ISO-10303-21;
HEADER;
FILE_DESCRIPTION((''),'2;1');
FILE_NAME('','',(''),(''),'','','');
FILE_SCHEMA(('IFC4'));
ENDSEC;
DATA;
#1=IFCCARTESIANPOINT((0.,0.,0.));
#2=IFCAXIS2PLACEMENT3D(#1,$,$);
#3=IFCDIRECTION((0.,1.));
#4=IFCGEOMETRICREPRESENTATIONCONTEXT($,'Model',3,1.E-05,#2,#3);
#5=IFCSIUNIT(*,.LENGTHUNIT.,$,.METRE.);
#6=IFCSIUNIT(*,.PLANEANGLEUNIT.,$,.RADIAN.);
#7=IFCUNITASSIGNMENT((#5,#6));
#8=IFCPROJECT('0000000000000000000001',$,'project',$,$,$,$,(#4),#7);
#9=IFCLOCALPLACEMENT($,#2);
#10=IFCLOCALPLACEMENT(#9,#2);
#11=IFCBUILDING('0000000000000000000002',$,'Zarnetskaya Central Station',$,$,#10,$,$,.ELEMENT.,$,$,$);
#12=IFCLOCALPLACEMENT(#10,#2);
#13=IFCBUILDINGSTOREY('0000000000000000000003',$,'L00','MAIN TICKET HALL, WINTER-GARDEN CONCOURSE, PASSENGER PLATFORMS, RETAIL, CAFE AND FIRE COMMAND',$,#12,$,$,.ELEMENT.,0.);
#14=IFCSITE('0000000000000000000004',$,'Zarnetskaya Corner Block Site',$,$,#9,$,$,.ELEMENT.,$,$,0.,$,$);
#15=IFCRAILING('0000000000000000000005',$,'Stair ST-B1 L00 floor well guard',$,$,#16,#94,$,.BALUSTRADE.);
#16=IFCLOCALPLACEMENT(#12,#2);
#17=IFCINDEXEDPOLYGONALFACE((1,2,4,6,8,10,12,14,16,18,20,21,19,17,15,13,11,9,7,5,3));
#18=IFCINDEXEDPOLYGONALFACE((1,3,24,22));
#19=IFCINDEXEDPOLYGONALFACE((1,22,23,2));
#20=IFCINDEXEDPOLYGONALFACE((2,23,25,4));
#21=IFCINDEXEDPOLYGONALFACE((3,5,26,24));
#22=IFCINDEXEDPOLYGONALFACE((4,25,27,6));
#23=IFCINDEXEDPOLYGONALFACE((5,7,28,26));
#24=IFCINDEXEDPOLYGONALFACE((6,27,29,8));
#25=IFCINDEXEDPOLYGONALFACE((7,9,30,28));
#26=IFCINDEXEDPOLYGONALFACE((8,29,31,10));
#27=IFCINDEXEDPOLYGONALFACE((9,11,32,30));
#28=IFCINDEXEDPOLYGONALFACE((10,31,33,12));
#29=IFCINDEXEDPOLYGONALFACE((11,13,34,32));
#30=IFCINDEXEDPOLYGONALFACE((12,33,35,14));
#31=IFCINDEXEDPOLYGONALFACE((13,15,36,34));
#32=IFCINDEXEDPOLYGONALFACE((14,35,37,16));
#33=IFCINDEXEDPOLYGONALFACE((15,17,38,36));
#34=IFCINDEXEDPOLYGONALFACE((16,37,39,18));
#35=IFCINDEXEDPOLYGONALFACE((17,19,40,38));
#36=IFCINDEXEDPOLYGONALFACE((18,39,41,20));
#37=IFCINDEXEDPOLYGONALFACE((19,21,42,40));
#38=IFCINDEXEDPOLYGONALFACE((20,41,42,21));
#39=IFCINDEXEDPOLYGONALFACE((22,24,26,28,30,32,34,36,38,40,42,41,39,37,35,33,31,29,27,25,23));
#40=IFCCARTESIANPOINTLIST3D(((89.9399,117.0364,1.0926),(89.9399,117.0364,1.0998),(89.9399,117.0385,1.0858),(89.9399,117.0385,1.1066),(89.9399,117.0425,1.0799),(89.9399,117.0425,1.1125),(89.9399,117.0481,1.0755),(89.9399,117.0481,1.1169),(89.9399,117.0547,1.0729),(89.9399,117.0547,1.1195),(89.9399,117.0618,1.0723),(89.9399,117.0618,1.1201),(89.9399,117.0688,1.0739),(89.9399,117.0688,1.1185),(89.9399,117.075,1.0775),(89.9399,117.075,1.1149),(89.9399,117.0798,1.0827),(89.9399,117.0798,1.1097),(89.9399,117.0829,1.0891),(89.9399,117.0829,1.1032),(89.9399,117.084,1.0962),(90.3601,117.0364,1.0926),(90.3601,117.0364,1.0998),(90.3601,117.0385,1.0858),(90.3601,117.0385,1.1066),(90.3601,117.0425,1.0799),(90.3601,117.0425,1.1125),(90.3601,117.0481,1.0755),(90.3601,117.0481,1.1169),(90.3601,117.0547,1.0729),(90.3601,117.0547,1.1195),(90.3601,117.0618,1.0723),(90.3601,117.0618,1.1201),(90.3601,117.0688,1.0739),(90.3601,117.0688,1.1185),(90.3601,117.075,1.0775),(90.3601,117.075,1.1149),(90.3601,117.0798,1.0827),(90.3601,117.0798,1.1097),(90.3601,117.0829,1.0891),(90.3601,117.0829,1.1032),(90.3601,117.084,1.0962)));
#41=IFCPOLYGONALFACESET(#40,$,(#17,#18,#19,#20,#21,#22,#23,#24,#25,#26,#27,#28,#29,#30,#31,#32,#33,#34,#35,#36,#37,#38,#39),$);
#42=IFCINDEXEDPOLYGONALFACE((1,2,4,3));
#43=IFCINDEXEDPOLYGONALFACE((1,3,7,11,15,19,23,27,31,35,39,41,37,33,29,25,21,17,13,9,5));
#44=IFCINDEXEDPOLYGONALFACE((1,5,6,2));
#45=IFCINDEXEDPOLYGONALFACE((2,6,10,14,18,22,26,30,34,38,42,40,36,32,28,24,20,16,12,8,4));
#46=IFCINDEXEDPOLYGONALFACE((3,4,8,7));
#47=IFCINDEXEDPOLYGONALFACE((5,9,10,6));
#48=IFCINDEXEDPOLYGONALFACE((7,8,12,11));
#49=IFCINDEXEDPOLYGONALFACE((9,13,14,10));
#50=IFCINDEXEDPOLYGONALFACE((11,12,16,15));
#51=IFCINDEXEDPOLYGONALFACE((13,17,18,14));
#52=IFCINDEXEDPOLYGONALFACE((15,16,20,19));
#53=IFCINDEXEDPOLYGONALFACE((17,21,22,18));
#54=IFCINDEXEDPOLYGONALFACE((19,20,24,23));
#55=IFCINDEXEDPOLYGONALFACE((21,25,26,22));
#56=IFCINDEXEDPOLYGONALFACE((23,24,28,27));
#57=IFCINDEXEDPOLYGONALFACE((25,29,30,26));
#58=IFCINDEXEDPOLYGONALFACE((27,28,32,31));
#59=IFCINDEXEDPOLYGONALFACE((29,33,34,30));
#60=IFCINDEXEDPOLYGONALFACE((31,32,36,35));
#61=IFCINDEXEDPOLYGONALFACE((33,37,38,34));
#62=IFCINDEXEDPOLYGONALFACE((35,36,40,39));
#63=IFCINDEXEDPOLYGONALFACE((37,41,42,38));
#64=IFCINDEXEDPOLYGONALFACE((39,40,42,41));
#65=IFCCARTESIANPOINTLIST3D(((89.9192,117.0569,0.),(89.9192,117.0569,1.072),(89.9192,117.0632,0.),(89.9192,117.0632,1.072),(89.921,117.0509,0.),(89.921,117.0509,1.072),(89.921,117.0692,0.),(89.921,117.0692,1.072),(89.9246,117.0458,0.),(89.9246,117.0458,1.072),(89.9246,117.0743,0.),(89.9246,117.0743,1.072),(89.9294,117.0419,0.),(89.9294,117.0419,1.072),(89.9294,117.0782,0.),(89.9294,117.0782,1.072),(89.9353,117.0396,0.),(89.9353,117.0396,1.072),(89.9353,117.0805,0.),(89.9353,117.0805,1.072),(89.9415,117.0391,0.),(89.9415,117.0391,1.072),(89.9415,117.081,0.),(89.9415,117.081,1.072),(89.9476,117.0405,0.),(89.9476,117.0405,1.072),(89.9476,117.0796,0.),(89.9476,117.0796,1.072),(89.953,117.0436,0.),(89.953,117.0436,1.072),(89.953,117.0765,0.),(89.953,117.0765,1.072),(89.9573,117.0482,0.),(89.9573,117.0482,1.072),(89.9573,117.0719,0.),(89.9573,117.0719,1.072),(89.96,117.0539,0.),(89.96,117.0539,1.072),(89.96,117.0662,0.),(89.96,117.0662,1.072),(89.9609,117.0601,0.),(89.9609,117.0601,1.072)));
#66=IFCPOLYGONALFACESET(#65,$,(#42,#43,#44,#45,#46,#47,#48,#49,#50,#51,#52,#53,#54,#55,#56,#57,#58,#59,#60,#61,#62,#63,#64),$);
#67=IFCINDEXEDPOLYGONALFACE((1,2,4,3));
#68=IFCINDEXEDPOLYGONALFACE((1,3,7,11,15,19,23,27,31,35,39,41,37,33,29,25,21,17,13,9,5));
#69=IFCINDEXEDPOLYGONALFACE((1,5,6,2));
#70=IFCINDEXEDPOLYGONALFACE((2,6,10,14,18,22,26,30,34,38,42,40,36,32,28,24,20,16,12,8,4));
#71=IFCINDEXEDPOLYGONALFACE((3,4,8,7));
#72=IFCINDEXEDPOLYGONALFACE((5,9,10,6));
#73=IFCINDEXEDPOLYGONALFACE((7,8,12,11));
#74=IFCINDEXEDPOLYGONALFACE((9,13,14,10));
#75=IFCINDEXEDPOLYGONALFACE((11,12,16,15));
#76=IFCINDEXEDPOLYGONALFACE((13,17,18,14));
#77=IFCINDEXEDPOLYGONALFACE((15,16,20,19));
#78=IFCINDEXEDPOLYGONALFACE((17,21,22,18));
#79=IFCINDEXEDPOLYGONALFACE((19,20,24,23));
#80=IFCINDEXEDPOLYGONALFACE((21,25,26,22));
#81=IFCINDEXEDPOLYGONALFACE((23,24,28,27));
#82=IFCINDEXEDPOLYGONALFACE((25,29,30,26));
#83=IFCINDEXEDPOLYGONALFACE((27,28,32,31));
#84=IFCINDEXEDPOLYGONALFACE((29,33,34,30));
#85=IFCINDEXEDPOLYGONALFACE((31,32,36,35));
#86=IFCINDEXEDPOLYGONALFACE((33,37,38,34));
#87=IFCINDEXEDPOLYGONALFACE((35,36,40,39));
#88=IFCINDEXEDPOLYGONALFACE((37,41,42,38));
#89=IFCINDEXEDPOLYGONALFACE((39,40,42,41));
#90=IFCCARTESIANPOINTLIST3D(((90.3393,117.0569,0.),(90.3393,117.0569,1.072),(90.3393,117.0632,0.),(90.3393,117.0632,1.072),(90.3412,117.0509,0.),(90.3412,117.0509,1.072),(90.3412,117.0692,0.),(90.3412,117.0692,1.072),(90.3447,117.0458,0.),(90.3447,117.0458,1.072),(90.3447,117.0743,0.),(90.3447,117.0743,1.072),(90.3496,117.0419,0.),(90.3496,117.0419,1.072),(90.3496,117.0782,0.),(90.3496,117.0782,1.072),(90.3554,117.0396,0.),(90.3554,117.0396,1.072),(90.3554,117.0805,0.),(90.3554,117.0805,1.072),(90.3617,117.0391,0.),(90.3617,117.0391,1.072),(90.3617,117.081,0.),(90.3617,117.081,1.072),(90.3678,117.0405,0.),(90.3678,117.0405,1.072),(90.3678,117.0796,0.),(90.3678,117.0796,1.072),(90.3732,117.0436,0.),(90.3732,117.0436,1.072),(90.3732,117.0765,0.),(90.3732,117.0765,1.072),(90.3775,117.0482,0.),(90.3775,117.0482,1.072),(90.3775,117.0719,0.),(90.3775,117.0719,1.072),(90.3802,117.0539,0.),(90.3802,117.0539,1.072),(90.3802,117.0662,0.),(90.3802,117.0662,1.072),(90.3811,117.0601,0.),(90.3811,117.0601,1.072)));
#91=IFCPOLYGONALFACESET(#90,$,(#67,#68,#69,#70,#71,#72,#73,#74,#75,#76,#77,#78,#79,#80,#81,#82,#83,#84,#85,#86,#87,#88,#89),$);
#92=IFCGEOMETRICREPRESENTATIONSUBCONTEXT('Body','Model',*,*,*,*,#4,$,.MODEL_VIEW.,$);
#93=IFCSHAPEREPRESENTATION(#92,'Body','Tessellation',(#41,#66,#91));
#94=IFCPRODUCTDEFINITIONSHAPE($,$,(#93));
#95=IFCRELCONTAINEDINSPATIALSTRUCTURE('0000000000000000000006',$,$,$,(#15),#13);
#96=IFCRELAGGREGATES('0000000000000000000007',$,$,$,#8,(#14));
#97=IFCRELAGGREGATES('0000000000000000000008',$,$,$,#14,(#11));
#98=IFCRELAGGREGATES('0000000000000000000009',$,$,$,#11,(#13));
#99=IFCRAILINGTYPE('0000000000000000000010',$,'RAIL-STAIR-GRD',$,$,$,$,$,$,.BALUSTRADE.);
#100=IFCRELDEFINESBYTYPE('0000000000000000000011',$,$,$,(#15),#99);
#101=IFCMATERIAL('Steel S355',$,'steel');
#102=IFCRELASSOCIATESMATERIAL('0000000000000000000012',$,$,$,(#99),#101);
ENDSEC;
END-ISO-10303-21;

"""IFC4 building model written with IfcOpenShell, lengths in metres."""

from ifc_helpers import new_model, si_unit, direction, frame, origin, origin_2d, place, context, subcontext, project, spatial, circle, extrude, material, type_object, element, save


model = new_model("IFC4")

# Units and contexts
model_context = context("Model", 3, precision=1e-05, world=origin(), true_north=direction((0.0, 1.0)))
body_context = subcontext(model_context, "Body", "Model", "MODEL_VIEW")
ifc_project = project(units=[si_unit("LENGTHUNIT", "METRE"), si_unit("PLANEANGLEUNIT", "RADIAN")], contexts=[model_context])

# Site, building, storey
site_placement = place(None, origin())
site = spatial("IfcSite", under=ifc_project, at=site_placement, Name="Zarnetskaya Corner Block Site", CompositionType="ELEMENT", RefElevation=0.0)
building_placement = place(site_placement, origin())
building = spatial("IfcBuilding", under=site, at=building_placement, Name="Zarnetskaya Central Station", CompositionType="ELEMENT")
storey_placement = place(building_placement, origin())
storey = spatial("IfcBuildingStorey", under=building, at=storey_placement, Name="L00", Description="MAIN TICKET HALL, WINTER-GARDEN CONCOURSE, PASSENGER PLATFORMS, RETAIL, CAFE AND FIRE COMMAND", CompositionType="ELEMENT", Elevation=0.0)

# Shared definitions
ifc_material_1 = material(Name="Steel S355", Category="steel")

# Railing
railing_type_1 = type_object("IfcRailingType", Name="RAIL-STAIR-GRD", PredefinedType="BALUSTRADE", material=ifc_material_1)
railing_1_placement = place(storey_placement, frame((89.9399, 117.0601, 0.0)))
element("IfcRailing", 1, at=railing_1_placement, inside=storey, type_object=railing_type_1, Name="Stair ST-B1 L00 floor well guard", PredefinedType="BALUSTRADE", context=body_context, shape_type="SweptSolid", body=[
    extrude(circle(Radius=0.0239, at=origin_2d()), frame((0.0, 0.0, 1.0962), z_axis=(1.0, 0.0, 0.0), x_axis=(0.0, 1.0, 0.0)), (0.0, 0.0, 1.0), 0.4202),
    extrude(circle(Radius=0.021, at=origin_2d()), origin(), (0.0, 0.0, 1.0), 1.072),
    extrude(circle(Radius=0.021, at=origin_2d()), frame((0.4202, 0.0, 0.0)), (0.0, 0.0, 1.0), 1.072),
])

save(model, "model.ifc")
